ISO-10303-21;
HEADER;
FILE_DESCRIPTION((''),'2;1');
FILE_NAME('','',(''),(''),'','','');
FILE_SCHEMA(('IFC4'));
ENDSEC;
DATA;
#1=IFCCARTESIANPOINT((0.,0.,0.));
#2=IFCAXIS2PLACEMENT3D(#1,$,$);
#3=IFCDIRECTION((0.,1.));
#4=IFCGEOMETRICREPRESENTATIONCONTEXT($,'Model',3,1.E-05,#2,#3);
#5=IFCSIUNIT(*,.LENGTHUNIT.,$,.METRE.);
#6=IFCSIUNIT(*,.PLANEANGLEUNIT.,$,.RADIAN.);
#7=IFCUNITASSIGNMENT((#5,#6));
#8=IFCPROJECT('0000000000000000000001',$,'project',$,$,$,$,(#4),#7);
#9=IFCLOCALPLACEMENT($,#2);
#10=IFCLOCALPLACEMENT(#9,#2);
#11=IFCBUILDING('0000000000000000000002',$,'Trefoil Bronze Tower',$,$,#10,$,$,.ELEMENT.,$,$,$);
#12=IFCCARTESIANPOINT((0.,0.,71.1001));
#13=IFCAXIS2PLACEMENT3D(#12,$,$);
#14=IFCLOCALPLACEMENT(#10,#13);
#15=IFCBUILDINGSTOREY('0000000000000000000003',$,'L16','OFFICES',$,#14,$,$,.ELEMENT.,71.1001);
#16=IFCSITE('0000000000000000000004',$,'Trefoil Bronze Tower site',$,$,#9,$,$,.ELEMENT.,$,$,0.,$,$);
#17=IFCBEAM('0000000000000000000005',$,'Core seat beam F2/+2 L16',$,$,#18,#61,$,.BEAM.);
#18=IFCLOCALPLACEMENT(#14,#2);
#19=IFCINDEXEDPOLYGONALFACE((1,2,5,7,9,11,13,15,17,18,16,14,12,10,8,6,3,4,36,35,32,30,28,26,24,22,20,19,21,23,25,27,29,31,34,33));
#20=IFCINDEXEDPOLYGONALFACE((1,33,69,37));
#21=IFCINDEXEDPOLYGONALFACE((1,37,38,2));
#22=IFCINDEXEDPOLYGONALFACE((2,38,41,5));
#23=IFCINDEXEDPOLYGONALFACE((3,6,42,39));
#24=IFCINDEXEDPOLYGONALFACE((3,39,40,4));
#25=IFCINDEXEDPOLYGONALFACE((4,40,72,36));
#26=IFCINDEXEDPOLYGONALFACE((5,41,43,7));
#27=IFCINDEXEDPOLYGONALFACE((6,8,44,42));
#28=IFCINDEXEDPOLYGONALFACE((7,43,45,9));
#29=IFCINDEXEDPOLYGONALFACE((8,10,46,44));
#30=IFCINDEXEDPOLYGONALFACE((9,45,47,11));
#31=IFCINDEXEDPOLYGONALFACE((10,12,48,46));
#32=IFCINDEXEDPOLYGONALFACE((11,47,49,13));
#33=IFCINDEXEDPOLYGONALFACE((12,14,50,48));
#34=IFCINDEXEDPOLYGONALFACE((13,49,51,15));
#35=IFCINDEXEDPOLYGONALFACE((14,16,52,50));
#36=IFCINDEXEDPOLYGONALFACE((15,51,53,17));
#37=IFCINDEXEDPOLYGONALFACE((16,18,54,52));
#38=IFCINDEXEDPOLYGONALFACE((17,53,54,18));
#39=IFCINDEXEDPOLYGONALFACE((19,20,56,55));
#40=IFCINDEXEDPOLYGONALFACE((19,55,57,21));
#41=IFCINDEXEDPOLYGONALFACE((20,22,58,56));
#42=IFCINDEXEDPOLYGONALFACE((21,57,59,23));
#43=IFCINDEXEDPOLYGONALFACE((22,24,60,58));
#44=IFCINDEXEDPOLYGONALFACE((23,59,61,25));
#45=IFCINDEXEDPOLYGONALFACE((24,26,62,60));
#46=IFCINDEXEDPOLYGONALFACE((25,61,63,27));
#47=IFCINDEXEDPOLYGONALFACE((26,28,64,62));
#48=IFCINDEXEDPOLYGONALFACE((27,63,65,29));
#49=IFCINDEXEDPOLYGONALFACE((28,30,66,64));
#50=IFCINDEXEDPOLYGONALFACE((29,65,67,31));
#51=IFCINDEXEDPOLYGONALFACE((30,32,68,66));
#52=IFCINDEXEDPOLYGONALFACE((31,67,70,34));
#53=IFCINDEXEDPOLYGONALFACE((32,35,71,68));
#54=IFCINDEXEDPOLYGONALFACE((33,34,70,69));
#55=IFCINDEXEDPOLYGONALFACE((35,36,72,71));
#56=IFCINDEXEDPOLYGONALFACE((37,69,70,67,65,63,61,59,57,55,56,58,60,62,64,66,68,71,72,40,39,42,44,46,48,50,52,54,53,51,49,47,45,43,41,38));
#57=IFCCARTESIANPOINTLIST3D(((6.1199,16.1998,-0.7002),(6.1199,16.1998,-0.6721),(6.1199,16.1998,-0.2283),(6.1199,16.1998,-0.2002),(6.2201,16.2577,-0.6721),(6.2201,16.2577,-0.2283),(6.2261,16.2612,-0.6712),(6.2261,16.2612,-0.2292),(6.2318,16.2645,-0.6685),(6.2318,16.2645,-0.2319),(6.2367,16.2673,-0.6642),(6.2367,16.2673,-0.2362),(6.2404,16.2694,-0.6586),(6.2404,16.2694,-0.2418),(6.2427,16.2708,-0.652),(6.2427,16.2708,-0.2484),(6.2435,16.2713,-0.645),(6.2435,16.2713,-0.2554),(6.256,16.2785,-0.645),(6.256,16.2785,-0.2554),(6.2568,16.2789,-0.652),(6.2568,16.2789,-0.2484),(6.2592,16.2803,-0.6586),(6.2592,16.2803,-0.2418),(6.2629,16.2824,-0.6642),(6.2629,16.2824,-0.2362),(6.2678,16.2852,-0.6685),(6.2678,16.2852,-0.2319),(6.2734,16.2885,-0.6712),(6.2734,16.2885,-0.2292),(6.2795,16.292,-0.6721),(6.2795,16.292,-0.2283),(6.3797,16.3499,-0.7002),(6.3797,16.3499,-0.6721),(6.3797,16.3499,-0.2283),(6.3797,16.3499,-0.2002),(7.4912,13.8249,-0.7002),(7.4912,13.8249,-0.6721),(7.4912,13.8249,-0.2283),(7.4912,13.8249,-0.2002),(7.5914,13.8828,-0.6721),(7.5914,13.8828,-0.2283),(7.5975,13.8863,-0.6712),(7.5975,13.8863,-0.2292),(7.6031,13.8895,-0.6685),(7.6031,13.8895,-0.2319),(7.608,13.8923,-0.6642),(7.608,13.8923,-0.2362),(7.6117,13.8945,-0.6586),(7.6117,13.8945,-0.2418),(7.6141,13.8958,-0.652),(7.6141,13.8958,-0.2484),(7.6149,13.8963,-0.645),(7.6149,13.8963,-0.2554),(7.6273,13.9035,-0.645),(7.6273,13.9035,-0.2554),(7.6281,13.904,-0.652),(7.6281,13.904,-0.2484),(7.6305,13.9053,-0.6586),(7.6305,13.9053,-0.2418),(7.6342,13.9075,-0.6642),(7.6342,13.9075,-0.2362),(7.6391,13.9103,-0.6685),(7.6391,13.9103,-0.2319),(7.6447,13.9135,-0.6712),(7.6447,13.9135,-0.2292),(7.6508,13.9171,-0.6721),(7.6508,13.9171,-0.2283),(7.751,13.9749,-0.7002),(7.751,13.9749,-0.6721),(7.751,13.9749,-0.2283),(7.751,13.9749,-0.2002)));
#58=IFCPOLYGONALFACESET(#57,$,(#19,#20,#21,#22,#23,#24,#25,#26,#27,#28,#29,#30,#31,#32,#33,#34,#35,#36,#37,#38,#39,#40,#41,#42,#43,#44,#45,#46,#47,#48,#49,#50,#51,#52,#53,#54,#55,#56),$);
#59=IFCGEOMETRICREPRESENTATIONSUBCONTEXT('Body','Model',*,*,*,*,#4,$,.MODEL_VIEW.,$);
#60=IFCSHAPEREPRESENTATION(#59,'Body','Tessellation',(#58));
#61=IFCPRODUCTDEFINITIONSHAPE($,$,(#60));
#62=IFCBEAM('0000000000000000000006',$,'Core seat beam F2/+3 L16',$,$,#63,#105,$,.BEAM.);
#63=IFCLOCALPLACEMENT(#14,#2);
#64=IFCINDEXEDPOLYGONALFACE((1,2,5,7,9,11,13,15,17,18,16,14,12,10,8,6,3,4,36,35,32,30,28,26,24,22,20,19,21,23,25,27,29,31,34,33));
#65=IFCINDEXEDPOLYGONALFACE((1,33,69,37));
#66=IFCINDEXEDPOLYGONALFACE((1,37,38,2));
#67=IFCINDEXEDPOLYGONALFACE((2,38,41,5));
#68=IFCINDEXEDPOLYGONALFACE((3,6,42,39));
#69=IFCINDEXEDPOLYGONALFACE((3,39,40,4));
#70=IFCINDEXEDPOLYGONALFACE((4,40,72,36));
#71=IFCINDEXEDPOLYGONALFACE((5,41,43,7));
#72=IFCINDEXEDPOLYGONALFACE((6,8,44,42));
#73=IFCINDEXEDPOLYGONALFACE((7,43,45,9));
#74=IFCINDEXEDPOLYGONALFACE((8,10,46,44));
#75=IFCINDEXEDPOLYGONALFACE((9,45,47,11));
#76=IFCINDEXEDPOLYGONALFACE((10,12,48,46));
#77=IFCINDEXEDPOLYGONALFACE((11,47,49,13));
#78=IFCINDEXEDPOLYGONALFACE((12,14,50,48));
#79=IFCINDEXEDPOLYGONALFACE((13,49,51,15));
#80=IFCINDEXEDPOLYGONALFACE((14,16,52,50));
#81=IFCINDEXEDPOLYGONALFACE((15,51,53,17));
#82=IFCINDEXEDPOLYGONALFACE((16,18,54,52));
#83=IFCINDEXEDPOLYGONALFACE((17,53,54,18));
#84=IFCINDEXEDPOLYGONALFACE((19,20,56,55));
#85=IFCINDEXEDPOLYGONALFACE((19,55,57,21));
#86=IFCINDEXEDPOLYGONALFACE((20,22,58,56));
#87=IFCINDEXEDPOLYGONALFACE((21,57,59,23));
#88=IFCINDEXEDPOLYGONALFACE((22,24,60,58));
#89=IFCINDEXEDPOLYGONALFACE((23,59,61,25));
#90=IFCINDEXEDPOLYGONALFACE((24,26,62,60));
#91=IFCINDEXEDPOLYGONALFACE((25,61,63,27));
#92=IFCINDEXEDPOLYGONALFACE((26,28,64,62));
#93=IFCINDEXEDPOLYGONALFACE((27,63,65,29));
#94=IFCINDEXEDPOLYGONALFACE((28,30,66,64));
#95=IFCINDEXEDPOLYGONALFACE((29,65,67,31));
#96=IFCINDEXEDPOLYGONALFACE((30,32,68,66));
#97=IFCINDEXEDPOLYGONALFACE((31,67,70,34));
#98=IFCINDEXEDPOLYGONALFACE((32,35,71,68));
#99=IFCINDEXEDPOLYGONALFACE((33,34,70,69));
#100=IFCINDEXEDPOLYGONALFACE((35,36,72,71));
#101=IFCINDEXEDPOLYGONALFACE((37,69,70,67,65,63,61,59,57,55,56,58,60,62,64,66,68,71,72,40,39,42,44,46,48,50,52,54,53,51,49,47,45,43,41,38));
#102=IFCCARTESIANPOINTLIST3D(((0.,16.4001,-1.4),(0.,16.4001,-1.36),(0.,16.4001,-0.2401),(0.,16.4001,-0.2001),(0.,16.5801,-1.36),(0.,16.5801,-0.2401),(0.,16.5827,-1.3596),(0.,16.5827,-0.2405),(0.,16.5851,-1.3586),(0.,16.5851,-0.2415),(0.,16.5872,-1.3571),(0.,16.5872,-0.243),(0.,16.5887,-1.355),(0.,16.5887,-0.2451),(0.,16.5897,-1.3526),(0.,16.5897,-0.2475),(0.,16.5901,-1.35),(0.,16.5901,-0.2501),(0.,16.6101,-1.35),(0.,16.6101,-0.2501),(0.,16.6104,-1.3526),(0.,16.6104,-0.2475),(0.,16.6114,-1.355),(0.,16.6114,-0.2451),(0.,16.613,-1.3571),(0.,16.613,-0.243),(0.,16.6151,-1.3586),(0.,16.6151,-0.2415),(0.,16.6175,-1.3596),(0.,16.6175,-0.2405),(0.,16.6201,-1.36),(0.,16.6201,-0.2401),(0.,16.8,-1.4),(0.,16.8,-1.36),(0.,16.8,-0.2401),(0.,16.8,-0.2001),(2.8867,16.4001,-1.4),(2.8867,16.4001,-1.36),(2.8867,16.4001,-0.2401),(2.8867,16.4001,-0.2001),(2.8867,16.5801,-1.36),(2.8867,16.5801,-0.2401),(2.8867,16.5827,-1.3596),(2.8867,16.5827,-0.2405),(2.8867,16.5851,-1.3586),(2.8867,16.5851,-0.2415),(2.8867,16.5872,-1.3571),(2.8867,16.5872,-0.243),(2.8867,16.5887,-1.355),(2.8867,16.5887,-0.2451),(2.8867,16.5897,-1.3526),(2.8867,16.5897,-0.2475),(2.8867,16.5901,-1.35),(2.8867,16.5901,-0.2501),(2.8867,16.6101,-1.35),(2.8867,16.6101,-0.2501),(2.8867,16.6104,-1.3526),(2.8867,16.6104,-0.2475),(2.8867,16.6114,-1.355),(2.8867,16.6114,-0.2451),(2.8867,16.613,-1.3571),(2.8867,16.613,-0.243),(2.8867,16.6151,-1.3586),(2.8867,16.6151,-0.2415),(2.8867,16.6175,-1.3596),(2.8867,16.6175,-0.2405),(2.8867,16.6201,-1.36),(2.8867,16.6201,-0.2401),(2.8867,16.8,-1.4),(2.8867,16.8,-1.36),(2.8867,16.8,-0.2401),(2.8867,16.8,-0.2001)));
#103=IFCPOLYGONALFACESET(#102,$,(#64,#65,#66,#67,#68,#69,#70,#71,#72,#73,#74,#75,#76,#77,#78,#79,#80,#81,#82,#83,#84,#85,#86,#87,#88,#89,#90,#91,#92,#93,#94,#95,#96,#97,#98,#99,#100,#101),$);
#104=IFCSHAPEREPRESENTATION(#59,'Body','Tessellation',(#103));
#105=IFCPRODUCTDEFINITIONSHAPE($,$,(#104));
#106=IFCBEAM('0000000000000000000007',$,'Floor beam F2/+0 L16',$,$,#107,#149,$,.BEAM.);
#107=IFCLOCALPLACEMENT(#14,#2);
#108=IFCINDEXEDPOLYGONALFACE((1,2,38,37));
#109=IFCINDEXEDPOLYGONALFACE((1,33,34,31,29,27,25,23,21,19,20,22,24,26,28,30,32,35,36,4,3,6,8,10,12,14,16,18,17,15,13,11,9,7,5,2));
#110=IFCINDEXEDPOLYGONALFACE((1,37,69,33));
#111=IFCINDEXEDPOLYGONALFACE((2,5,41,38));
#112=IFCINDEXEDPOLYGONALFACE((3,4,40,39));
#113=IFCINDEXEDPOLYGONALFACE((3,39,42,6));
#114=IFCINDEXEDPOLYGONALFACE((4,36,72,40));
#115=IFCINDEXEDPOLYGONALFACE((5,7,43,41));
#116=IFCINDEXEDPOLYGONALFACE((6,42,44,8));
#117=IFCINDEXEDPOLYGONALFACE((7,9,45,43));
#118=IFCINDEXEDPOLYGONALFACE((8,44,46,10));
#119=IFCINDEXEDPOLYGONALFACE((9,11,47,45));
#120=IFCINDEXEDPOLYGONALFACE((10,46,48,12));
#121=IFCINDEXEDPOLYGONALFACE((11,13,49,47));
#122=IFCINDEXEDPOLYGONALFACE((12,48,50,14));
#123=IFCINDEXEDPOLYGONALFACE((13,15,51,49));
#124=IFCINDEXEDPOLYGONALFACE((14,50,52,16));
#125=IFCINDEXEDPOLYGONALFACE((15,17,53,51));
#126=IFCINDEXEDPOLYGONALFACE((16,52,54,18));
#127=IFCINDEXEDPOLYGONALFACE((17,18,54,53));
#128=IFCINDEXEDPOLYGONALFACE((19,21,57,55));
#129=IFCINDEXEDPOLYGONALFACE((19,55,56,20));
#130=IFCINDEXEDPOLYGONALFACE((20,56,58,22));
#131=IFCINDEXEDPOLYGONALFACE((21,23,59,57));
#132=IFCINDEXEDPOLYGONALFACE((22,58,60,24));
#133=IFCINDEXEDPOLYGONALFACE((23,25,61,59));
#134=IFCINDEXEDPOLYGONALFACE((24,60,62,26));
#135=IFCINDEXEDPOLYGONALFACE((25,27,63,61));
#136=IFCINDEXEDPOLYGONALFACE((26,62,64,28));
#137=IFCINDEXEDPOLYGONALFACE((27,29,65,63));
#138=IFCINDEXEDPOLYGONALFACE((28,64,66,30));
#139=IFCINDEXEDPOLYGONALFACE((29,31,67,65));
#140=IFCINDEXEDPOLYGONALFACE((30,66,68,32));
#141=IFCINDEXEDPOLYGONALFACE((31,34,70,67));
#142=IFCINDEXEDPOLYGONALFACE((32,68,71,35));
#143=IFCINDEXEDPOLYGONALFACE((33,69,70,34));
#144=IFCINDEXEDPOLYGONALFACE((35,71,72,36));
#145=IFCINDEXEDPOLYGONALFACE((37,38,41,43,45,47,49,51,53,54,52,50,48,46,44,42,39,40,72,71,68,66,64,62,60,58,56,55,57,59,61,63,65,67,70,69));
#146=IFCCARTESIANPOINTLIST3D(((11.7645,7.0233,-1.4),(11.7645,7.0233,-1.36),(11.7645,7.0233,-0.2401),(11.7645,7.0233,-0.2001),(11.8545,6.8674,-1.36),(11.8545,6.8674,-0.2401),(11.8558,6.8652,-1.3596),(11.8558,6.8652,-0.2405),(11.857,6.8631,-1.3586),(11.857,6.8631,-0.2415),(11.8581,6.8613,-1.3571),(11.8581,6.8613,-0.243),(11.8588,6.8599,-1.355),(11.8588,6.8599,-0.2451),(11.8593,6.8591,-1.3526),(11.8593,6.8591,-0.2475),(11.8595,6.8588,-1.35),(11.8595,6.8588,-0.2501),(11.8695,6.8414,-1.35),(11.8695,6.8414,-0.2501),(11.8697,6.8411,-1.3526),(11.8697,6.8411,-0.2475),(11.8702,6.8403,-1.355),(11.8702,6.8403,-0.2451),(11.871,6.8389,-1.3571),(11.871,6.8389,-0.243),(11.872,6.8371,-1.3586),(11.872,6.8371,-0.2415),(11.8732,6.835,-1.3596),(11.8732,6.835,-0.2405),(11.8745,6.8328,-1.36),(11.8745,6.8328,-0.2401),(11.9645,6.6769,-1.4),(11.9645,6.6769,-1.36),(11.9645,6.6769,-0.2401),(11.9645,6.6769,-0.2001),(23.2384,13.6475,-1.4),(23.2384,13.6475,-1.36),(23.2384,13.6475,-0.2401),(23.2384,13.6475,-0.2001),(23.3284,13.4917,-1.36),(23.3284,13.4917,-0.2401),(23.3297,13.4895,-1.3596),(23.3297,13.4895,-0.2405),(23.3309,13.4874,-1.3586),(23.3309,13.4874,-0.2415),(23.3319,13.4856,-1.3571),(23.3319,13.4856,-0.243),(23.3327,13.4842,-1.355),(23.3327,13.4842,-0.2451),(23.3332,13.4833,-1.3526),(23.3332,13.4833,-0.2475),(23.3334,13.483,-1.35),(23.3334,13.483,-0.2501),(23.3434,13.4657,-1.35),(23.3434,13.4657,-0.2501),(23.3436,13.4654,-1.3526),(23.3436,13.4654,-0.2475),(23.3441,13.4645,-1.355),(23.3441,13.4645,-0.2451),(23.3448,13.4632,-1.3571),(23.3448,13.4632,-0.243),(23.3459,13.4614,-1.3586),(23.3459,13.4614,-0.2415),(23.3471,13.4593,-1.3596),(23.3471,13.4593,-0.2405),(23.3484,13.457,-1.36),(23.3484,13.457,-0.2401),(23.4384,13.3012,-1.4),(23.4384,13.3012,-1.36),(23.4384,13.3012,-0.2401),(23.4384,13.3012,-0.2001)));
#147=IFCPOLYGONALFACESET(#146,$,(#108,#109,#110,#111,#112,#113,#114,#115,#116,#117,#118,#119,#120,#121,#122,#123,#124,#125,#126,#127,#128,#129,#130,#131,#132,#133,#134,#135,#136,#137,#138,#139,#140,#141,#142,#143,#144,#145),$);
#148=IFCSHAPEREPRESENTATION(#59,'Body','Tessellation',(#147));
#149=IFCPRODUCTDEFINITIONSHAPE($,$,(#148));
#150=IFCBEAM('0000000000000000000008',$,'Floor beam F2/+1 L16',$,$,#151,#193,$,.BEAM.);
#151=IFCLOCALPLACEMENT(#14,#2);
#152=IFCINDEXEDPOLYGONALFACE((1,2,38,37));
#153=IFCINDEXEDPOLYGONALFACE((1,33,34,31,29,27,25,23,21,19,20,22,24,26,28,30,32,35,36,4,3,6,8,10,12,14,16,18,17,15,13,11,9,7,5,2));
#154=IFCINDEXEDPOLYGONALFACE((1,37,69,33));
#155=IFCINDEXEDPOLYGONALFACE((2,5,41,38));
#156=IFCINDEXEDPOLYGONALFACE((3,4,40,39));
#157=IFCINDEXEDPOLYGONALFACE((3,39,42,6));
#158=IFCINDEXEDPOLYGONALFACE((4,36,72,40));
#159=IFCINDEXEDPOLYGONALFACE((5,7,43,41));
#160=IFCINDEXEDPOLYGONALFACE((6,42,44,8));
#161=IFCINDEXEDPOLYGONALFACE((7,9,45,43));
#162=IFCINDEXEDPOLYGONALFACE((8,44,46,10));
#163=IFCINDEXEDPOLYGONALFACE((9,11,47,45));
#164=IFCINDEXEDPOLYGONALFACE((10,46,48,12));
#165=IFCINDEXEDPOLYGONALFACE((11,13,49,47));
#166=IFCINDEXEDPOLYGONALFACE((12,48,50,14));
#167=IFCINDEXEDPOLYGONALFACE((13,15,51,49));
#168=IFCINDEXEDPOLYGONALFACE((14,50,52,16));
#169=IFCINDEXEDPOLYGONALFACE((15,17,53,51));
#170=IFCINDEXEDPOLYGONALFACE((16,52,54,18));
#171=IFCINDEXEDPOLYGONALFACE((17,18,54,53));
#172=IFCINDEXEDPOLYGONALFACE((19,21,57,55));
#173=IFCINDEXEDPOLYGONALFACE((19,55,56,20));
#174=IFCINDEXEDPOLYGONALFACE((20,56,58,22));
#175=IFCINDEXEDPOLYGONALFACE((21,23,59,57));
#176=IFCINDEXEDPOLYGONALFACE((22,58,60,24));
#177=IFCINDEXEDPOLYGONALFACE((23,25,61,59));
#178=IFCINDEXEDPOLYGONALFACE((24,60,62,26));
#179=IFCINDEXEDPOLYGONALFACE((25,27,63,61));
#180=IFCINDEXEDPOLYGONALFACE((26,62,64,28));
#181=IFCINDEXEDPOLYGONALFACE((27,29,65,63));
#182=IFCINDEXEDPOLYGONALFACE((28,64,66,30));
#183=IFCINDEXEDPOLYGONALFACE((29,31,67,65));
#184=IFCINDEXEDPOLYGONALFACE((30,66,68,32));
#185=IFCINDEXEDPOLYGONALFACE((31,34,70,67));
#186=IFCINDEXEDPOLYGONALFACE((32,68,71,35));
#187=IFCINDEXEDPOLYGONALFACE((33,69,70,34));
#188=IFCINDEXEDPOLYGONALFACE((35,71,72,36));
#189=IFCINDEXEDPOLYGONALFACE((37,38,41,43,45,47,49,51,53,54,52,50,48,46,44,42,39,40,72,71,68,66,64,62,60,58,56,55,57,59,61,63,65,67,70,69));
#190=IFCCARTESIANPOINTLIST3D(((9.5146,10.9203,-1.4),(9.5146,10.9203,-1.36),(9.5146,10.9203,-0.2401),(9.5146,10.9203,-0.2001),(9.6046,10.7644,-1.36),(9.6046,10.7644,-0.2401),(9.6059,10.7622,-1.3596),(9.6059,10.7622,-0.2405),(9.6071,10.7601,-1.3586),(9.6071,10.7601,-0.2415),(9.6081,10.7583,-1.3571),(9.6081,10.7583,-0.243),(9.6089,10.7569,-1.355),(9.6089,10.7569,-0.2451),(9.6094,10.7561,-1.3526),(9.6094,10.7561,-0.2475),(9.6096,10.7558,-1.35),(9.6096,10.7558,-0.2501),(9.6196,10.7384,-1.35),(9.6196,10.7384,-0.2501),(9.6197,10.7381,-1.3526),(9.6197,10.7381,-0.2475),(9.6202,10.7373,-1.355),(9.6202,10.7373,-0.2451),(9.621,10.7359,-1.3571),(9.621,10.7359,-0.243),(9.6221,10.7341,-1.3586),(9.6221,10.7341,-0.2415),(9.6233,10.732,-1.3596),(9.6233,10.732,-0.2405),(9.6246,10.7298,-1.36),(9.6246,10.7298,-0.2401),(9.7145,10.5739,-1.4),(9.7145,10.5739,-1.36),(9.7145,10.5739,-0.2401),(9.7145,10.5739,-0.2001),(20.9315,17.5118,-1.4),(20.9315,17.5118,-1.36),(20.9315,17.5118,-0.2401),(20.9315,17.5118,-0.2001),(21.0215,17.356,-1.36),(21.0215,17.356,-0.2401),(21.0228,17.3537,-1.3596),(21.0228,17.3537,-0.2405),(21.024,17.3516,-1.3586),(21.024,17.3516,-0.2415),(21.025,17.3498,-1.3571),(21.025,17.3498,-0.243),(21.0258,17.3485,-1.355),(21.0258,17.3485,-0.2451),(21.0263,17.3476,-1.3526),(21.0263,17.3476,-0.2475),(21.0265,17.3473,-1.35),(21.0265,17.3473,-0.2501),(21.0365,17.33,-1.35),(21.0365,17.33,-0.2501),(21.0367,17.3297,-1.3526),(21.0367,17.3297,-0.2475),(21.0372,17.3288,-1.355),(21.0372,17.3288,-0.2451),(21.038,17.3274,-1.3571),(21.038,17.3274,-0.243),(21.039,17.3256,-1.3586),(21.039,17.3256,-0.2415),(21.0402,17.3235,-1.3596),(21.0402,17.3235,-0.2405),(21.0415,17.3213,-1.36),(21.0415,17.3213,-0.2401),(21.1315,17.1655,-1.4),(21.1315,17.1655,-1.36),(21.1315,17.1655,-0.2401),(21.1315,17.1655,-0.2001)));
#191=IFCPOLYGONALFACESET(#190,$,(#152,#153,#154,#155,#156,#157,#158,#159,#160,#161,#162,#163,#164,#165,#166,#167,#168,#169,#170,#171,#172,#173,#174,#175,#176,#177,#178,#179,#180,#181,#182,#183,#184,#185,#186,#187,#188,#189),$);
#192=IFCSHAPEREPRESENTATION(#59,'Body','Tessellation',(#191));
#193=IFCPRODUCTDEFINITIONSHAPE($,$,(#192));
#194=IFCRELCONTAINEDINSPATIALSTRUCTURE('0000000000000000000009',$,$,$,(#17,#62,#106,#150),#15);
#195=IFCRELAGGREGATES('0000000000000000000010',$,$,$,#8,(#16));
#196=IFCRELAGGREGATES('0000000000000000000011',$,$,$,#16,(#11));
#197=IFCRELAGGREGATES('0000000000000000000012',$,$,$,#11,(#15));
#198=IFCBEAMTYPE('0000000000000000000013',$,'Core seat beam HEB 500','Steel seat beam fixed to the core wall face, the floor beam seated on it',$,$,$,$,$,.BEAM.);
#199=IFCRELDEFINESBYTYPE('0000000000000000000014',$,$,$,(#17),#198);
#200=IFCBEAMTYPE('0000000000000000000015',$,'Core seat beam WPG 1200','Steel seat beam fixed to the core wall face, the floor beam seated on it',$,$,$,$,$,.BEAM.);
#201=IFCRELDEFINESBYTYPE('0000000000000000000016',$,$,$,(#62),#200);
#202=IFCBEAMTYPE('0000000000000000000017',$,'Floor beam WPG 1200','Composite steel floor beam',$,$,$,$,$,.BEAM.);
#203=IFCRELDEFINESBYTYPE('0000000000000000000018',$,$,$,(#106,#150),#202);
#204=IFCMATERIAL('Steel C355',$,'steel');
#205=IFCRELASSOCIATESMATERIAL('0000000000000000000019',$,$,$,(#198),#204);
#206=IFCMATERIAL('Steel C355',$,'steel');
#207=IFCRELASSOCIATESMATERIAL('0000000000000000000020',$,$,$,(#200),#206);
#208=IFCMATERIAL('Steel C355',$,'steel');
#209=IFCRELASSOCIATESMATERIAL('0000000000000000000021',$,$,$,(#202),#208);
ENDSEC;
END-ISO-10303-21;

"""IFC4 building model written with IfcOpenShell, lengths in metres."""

from ifc_helpers import new_model, si_unit, direction, frame, origin, origin_2d, place, context, subcontext, project, spatial, i_section, extrude, material, material_profile, profile_set, type_object, element, save


model = new_model("IFC4")

# Units and contexts
model_context = context("Model", 3, precision=1e-05, world=origin(), true_north=direction((0.0, 1.0)))
body_context = subcontext(model_context, "Body", "Model", "MODEL_VIEW")
ifc_project = project(units=[si_unit("LENGTHUNIT", "METRE"), si_unit("PLANEANGLEUNIT", "RADIAN")], contexts=[model_context])

# Site, building, storey
site_placement = place(None, origin())
site = spatial("IfcSite", under=ifc_project, at=site_placement, Name="Trefoil Bronze Tower site", CompositionType="ELEMENT", RefElevation=0.0)
building_placement = place(site_placement, origin())
building = spatial("IfcBuilding", under=site, at=building_placement, Name="Trefoil Bronze Tower", CompositionType="ELEMENT")
storey_placement = place(building_placement, frame((0.0, 0.0, 71.1001)))
storey = spatial("IfcBuildingStorey", under=building, at=storey_placement, Name="L16", Description="OFFICES", CompositionType="ELEMENT", Elevation=71.1001)

# Beams
ifc_material_1 = material(Name="Steel C355", Category="steel")
ifc_material_profile_1 = material_profile(ifc_material_1, i_section(OverallWidth=0.3, OverallDepth=0.5, WebThickness=0.0144, FlangeThickness=0.0281, FilletRadius=0.0271, at=origin_2d()), Name="HEB 500")
ifc_profile_set_1 = profile_set([ifc_material_profile_1], Name="Steel C355")
beam_type_1 = type_object("IfcBeamType", Name="Core seat beam HEB 500", Description="Steel seat beam fixed to the core wall face, the floor beam seated on it", PredefinedType="BEAM", material=ifc_profile_set_1)
beam_1_placement = place(storey_placement, frame((7.6211, 13.8999, -0.4502), z_axis=(-0.500036, 0.866005, 0.0), x_axis=(-0.866005, -0.500036, 0.0)))
element("IfcBeam", 1, at=beam_1_placement, inside=storey, type_object=beam_type_1, Name="Core seat beam F2/+2 L16", PredefinedType="BEAM", context=body_context, shape_type="SweptSolid", body=[
    extrude(i_section(OverallWidth=0.3, OverallDepth=0.5, WebThickness=0.0144, FlangeThickness=0.0281, FilletRadius=0.0271, at=origin_2d()), origin(), (0.0, 0.0, 1.0), 2.7424),
])
ifc_material_2 = material(Name="Steel C355", Category="steel")
ifc_material_profile_2 = material_profile(ifc_material_2, i_section(OverallWidth=0.3999, OverallDepth=1.2, WebThickness=0.02, FlangeThickness=0.04, FilletRadius=0.01, at=origin_2d()), Name="WPG 1200")
ifc_profile_set_2 = profile_set([ifc_material_profile_2], Name="Steel C355")
beam_type_2 = type_object("IfcBeamType", Name="Core seat beam WPG 1200", Description="Steel seat beam fixed to the core wall face, the floor beam seated on it", PredefinedType="BEAM", material=ifc_profile_set_2)
beam_2_placement = place(storey_placement, frame((2.8867, 16.6001, -0.8), z_axis=(-1.0, 0.0, 0.0), x_axis=(0.0, -1.0, 0.0)))
element("IfcBeam", 2, at=beam_2_placement, inside=storey, type_object=beam_type_2, Name="Core seat beam F2/+3 L16", PredefinedType="BEAM", context=body_context, shape_type="SweptSolid", body=[
    extrude(i_section(OverallWidth=0.3999, OverallDepth=1.2, WebThickness=0.02, FlangeThickness=0.04, FilletRadius=0.01, at=origin_2d()), origin(), (0.0, 0.0, 1.0), 2.8867),
])
ifc_material_3 = material(Name="Steel C355", Category="steel")
ifc_material_profile_3 = material_profile(ifc_material_3, i_section(OverallWidth=0.3999, OverallDepth=1.2, WebThickness=0.02, FlangeThickness=0.04, FilletRadius=0.01, at=origin_2d()), Name="WPG 1200")
ifc_profile_set_3 = profile_set([ifc_material_profile_3], Name="Steel C355")
beam_type_3 = type_object("IfcBeamType", Name="Floor beam WPG 1200", Description="Composite steel floor beam", PredefinedType="BEAM", material=ifc_profile_set_3)
beam_3_placement = place(storey_placement, frame((23.3384, 13.4744, -0.8), z_axis=(-0.866031, -0.49999, 0.0), x_axis=(0.49999, -0.866031, 0.0)))
element("IfcBeam", 3, at=beam_3_placement, inside=storey, type_object=beam_type_3, Name="Floor beam F2/+0 L16", PredefinedType="BEAM", context=body_context, shape_type="SweptSolid", body=[
    extrude(i_section(OverallWidth=0.3999, OverallDepth=1.2, WebThickness=0.02, FlangeThickness=0.04, FilletRadius=0.01, at=origin_2d()), origin(), (0.0, 0.0, 1.0), 13.2488),
])
beam_4_placement = place(storey_placement, frame((21.0315, 17.3386, -0.8), z_axis=(-0.866027, -0.499997, 0.0), x_axis=(0.499997, -0.866027, 0.0)))
element("IfcBeam", 4, at=beam_4_placement, inside=storey, type_object=beam_type_3, Name="Floor beam F2/+1 L16", PredefinedType="BEAM", context=body_context, shape_type="SweptSolid", body=[
    extrude(i_section(OverallWidth=0.3999, OverallDepth=1.2, WebThickness=0.02, FlangeThickness=0.04, FilletRadius=0.01, at=origin_2d()), origin(), (0.0, 0.0, 1.0), 13.1831),
])

save(model, "model.ifc")
